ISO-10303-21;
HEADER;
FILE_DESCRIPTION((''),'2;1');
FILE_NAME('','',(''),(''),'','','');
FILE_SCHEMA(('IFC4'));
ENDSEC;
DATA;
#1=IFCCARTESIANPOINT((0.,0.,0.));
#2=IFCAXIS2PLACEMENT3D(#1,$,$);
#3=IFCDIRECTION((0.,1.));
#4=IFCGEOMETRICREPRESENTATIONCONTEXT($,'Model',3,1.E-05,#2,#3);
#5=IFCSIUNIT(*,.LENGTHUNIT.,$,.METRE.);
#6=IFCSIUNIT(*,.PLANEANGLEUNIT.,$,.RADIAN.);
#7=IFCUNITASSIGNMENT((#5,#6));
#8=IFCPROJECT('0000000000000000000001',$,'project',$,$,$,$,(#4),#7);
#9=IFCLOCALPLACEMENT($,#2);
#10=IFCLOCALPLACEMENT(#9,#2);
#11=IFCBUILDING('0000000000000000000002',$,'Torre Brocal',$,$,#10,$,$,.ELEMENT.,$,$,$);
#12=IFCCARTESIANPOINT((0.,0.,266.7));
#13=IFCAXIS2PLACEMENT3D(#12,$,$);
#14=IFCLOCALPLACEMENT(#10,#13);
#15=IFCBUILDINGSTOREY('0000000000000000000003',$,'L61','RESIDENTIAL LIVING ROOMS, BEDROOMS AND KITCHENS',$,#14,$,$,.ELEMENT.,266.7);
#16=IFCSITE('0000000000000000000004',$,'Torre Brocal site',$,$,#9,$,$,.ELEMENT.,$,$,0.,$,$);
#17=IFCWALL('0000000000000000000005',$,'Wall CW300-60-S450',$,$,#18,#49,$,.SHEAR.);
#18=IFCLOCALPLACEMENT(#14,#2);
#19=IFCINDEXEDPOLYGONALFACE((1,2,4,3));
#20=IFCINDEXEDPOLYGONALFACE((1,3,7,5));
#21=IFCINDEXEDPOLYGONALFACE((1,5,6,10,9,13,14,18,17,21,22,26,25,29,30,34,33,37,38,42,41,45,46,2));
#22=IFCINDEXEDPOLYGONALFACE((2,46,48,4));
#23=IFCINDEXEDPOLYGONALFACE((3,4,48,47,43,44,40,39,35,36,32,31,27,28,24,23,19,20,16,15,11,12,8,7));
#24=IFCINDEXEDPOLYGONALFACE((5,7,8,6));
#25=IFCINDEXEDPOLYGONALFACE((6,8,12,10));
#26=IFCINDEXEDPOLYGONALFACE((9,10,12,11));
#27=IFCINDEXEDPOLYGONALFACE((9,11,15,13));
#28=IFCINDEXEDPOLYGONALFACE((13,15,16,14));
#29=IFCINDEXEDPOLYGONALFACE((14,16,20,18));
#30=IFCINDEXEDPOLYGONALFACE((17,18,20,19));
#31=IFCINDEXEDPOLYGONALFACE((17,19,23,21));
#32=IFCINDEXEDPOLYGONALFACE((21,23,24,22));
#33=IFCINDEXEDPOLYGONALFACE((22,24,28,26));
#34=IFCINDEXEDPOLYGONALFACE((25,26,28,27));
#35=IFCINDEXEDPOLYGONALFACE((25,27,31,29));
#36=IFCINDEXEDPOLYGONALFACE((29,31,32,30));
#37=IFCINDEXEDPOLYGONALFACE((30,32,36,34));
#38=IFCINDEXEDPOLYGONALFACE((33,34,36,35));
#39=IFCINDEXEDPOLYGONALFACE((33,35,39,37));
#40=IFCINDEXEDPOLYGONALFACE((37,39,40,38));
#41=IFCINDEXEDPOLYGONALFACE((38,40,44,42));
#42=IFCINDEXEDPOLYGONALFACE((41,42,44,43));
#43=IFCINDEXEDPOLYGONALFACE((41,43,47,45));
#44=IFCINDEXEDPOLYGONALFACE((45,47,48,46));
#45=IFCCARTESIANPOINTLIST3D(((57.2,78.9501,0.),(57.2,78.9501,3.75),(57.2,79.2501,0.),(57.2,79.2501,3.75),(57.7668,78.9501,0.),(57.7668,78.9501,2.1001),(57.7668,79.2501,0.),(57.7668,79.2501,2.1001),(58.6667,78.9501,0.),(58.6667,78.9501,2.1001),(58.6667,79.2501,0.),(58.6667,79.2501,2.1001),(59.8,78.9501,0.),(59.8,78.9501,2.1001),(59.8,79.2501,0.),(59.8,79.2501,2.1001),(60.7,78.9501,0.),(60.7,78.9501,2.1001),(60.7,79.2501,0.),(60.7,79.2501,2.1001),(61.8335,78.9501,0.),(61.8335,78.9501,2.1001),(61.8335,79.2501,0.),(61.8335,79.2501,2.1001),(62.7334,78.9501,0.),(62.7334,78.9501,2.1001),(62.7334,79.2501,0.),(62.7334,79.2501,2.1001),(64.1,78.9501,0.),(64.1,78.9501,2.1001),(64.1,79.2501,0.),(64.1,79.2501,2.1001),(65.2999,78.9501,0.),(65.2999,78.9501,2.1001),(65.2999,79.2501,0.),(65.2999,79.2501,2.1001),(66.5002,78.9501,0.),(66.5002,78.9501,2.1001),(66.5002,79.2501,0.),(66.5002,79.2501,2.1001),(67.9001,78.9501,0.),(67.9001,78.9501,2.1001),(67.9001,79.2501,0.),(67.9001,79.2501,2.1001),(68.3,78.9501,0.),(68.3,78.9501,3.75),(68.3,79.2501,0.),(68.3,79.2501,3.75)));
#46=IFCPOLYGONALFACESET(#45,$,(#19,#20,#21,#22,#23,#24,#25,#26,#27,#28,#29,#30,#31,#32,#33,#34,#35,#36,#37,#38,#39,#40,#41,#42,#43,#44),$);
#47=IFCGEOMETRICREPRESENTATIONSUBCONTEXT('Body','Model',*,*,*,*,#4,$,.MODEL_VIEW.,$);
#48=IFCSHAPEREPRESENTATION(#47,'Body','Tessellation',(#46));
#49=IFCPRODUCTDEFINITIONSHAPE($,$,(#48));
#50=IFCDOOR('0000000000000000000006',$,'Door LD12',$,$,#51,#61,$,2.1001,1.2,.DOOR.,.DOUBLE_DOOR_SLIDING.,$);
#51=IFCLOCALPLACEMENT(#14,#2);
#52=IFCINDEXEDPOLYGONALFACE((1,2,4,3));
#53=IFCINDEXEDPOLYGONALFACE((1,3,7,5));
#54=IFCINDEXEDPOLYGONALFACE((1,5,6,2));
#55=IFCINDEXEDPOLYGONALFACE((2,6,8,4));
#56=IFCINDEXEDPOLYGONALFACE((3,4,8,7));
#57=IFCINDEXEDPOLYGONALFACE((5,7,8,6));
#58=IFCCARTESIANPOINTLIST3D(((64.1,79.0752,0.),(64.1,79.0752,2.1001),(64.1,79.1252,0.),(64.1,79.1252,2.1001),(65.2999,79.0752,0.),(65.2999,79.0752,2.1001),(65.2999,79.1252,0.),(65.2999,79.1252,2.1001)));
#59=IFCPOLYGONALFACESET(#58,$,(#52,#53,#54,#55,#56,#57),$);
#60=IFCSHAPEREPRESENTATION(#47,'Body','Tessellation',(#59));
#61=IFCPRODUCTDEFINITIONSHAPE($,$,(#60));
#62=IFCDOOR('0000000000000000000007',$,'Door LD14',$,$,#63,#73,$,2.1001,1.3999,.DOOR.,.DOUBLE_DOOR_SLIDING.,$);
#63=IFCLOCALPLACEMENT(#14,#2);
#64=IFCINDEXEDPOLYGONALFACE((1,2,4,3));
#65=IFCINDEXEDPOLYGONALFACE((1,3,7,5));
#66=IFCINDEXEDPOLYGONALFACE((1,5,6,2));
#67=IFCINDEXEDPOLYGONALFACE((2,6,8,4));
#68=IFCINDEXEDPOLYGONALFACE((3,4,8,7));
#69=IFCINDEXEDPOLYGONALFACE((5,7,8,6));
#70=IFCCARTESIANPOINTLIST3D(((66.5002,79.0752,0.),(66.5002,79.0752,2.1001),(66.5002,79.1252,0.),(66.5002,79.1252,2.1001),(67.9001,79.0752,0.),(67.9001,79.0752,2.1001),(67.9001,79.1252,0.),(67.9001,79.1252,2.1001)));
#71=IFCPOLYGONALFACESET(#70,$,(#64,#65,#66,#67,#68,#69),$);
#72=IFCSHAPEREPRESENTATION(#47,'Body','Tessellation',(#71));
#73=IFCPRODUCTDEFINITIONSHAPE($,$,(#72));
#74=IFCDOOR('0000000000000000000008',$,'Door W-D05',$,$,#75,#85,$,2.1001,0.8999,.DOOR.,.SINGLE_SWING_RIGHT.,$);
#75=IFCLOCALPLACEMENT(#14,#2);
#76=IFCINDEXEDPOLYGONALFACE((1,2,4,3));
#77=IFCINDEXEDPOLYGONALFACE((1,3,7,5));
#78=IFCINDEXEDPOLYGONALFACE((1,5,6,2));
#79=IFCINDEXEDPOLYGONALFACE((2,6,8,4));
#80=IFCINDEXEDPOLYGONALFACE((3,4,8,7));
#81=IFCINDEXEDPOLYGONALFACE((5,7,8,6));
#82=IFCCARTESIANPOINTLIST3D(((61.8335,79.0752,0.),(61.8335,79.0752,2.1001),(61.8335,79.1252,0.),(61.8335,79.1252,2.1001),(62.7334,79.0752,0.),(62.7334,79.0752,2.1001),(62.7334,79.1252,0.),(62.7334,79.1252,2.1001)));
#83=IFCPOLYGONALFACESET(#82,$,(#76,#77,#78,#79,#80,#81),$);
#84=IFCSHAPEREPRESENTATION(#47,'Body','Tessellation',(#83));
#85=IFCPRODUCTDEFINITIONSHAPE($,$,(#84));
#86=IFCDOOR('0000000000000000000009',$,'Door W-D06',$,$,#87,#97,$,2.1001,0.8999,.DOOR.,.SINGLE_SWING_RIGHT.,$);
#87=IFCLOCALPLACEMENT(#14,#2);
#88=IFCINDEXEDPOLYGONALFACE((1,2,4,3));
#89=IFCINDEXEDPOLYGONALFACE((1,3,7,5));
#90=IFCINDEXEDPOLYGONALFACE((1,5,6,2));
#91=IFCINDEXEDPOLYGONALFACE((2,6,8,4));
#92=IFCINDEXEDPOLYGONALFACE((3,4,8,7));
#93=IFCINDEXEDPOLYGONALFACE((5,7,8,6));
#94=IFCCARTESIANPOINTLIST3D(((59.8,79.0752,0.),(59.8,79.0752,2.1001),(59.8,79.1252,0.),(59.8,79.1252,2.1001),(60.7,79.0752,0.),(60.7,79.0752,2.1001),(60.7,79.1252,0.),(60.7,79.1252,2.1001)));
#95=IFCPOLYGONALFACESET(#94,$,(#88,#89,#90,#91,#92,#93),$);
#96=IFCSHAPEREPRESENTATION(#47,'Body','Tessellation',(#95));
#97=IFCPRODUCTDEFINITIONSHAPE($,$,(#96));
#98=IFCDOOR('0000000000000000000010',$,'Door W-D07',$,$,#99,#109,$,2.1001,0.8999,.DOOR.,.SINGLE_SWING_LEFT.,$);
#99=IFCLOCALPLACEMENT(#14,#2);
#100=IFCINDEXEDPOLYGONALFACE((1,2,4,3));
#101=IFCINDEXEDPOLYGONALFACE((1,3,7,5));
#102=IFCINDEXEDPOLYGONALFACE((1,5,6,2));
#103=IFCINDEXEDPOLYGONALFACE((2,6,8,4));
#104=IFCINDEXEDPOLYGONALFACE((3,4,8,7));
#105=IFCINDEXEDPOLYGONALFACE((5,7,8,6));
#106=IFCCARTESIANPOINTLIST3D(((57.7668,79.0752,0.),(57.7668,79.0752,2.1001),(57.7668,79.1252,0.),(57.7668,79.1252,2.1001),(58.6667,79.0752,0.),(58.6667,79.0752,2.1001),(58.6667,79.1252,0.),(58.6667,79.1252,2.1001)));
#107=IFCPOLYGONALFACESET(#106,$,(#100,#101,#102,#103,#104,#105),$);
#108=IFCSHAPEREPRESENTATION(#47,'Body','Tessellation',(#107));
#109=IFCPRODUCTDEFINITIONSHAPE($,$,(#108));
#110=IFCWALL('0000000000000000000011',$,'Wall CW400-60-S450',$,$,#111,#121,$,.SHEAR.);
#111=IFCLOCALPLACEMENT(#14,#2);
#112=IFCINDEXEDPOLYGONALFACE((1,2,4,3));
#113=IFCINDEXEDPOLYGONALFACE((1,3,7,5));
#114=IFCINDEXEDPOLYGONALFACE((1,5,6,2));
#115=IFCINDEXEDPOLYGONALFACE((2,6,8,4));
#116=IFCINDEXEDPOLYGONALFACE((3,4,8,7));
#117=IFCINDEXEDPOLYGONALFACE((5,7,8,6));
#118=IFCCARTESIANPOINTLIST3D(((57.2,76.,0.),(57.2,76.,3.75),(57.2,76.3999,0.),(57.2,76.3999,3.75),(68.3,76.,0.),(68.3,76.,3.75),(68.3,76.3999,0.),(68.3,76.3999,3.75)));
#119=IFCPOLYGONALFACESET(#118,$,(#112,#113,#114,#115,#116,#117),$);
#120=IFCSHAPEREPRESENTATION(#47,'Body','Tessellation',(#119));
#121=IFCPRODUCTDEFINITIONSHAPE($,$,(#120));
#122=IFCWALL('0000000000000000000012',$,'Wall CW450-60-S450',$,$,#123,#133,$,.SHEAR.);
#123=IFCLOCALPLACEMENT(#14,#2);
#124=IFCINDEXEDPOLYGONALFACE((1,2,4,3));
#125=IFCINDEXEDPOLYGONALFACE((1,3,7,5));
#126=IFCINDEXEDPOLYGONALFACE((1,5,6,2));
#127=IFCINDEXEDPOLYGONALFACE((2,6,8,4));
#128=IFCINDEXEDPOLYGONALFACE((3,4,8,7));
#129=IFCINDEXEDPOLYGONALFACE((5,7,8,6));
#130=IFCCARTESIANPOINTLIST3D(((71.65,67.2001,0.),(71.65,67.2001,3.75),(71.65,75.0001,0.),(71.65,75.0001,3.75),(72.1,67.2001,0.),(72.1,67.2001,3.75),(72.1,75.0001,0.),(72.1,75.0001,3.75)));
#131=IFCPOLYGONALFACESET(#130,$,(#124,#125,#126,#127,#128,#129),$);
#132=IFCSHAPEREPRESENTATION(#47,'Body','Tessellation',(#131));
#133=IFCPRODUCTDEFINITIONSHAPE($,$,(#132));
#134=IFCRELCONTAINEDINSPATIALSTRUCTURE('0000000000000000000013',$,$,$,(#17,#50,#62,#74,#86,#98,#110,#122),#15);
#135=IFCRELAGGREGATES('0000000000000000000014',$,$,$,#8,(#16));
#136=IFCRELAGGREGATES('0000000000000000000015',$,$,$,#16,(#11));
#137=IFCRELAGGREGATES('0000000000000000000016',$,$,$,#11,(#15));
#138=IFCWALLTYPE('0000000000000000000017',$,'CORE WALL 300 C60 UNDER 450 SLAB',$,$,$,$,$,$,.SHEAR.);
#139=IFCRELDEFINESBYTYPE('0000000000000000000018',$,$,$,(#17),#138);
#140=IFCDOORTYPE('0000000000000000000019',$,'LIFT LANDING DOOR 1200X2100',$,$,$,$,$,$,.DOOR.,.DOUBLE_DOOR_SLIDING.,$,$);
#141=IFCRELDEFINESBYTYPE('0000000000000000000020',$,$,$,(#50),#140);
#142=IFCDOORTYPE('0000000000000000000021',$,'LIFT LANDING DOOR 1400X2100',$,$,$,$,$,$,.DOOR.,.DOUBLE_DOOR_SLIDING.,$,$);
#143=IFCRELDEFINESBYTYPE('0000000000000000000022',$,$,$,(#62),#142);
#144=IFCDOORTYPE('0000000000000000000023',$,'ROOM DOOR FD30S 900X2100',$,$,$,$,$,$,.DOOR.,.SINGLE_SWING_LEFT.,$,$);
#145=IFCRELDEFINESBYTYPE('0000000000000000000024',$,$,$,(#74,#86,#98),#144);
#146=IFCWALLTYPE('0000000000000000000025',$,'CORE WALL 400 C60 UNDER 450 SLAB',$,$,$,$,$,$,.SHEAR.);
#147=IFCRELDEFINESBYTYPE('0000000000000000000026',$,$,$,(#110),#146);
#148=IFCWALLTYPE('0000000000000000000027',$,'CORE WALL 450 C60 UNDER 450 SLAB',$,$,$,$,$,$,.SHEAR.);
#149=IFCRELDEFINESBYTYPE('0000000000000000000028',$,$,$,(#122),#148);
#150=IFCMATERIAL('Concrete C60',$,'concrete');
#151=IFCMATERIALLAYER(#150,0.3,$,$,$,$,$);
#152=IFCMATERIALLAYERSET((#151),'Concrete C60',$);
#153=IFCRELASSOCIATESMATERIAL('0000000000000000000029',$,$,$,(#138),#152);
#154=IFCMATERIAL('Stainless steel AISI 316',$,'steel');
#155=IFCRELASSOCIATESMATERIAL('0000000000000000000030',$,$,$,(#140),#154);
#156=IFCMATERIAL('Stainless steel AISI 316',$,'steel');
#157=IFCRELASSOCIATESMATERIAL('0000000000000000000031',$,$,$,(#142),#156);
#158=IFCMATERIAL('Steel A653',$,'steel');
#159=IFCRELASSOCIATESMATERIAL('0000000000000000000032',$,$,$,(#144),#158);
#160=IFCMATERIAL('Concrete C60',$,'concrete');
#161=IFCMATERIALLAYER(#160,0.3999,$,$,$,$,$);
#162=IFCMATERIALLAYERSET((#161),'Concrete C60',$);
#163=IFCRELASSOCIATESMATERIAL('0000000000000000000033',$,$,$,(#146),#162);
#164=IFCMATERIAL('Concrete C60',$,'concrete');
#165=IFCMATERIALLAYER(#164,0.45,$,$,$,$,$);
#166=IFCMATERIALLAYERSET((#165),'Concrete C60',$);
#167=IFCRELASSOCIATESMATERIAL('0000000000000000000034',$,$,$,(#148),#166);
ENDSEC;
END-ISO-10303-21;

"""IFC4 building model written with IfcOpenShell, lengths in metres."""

from ifc_helpers import new_model, si_unit, direction, frame, frame_2d, origin, place, context, subcontext, project, spatial, rectangle, extrude, material, layer, layer_set, type_object, element, fill, save


model = new_model("IFC4")

# Units and contexts
model_context = context("Model", 3, precision=1e-05, world=origin(), true_north=direction((0.0, 1.0)))
body_context = subcontext(model_context, "Body", "Model", "MODEL_VIEW")
ifc_project = project(units=[si_unit("LENGTHUNIT", "METRE"), si_unit("PLANEANGLEUNIT", "RADIAN")], contexts=[model_context])

# Site, building, storey
site_placement = place(None, origin())
site = spatial("IfcSite", under=ifc_project, at=site_placement, Name="Torre Brocal site", CompositionType="ELEMENT", RefElevation=0.0)
building_placement = place(site_placement, origin())
building = spatial("IfcBuilding", under=site, at=building_placement, Name="Torre Brocal", CompositionType="ELEMENT")
storey_placement = place(building_placement, frame((0.0, 0.0, 266.7)))
storey = spatial("IfcBuildingStorey", under=building, at=storey_placement, Name="L61", Description="RESIDENTIAL LIVING ROOMS, BEDROOMS AND KITCHENS", CompositionType="ELEMENT", Elevation=266.7)

# Shared definitions
ifc_material_1 = material(Name="Concrete C60", Category="concrete")
ifc_layer_1 = layer(ifc_material_1, 0.3)
ifc_layer_set_1 = layer_set([ifc_layer_1], Name="Concrete C60")
wall_type_1 = type_object("IfcWallType", Name="CORE WALL 300 C60 UNDER 450 SLAB", PredefinedType="SHEAR", material=ifc_layer_set_1)

# Wall, openings, doors
wall_1_placement = place(storey_placement, frame((68.3, 79.1001, 0.0), z_axis=(0.0, 0.0, 1.0), x_axis=(-1.0, 0.0, 0.0)))
wall_1 = element("IfcWall", 1, at=wall_1_placement, inside=storey, type_object=wall_type_1, Name="Wall CW300-60-S450", PredefinedType="SHEAR", context=body_context, shape_type="SweptSolid", body=[
    extrude(rectangle(XDim=11.1001, YDim=0.3, at=frame_2d((5.55, 0.0))), origin(), (0.0, 0.0, 1.0), 3.75),
])
opening_1_placement = place(wall_1_placement, frame((0.3999, 0.0, 0.0)))
opening_1 = element("IfcOpeningElement", 2, at=opening_1_placement, cuts=wall_1, PredefinedType="OPENING", context=body_context, shape_type="SweptSolid", body=[
    extrude(rectangle(XDim=1.3999, YDim=2.1001, at=frame_2d((0.7, 1.05))), frame((0.0, 0.1599, 0.0), z_axis=(0.0, -1.0, 0.0), x_axis=(1.0, 0.0, 0.0)), (0.0, 0.0, 1.0), 0.3201),
])
opening_2_placement = place(wall_1_placement, frame((3.0, 0.0, 0.0)))
opening_2 = element("IfcOpeningElement", 3, at=opening_2_placement, cuts=wall_1, PredefinedType="OPENING", context=body_context, shape_type="SweptSolid", body=[
    extrude(rectangle(XDim=1.2, YDim=2.1001, at=frame_2d((0.6001, 1.05))), frame((0.0, 0.1599, 0.0), z_axis=(0.0, -1.0, 0.0), x_axis=(1.0, 0.0, 0.0)), (0.0, 0.0, 1.0), 0.3201),
])
opening_3_placement = place(wall_1_placement, frame((5.5667, 0.0, 0.0)))
opening_3 = element("IfcOpeningElement", 4, at=opening_3_placement, cuts=wall_1, PredefinedType="OPENING", context=body_context, shape_type="SweptSolid", body=[
    extrude(rectangle(XDim=0.8999, YDim=2.1001, at=frame_2d((0.45, 1.05))), frame((0.0, 0.1599, 0.0), z_axis=(0.0, -1.0, 0.0), x_axis=(1.0, 0.0, 0.0)), (0.0, 0.0, 1.0), 0.3201),
])
opening_4_placement = place(wall_1_placement, frame((7.6001, 0.0, 0.0)))
opening_4 = element("IfcOpeningElement", 5, at=opening_4_placement, cuts=wall_1, PredefinedType="OPENING", context=body_context, shape_type="SweptSolid", body=[
    extrude(rectangle(XDim=0.8999, YDim=2.1001, at=frame_2d((0.45, 1.05))), frame((0.0, 0.1599, 0.0), z_axis=(0.0, -1.0, 0.0), x_axis=(1.0, 0.0, 0.0)), (0.0, 0.0, 1.0), 0.3201),
])
opening_5_placement = place(wall_1_placement, frame((9.6333, 0.0, 0.0)))
opening_5 = element("IfcOpeningElement", 6, at=opening_5_placement, cuts=wall_1, PredefinedType="OPENING", context=body_context, shape_type="SweptSolid", body=[
    extrude(rectangle(XDim=0.8999, YDim=2.1001, at=frame_2d((0.45, 1.05))), frame((0.0, 0.1599, 0.0), z_axis=(0.0, -1.0, 0.0), x_axis=(1.0, 0.0, 0.0)), (0.0, 0.0, 1.0), 0.3201),
])
ifc_material_2 = material(Name="Stainless steel AISI 316", Category="steel")
door_type_1 = type_object("IfcDoorType", Name="LIFT LANDING DOOR 1200X2100", OperationType="DOUBLE_DOOR_SLIDING", PredefinedType="DOOR", material=ifc_material_2)
door_1_placement = place(opening_2_placement, origin())
door_1 = element("IfcDoor", 7, at=door_1_placement, inside=storey, type_object=door_type_1, Name="Door LD12", OperationType="DOUBLE_DOOR_SLIDING", OverallHeight=2.1001, OverallWidth=1.2, PredefinedType="DOOR", context=body_context, shape_type="SweptSolid", body=[
    extrude(rectangle(XDim=1.2, YDim=2.1001, at=frame_2d((0.6001, 1.05))), frame((0.0, 0.0249, 0.0), z_axis=(0.0, -1.0, 0.0), x_axis=(1.0, 0.0, 0.0)), (0.0, 0.0, 1.0), 0.05),
])
fill(opening_2, door_1)
ifc_material_3 = material(Name="Stainless steel AISI 316", Category="steel")
door_type_2 = type_object("IfcDoorType", Name="LIFT LANDING DOOR 1400X2100", OperationType="DOUBLE_DOOR_SLIDING", PredefinedType="DOOR", material=ifc_material_3)
door_2_placement = place(opening_1_placement, origin())
door_2 = element("IfcDoor", 8, at=door_2_placement, inside=storey, type_object=door_type_2, Name="Door LD14", OperationType="DOUBLE_DOOR_SLIDING", OverallHeight=2.1001, OverallWidth=1.3999, PredefinedType="DOOR", context=body_context, shape_type="SweptSolid", body=[
    extrude(rectangle(XDim=1.3999, YDim=2.1001, at=frame_2d((0.7, 1.05))), frame((0.0, 0.0249, 0.0), z_axis=(0.0, -1.0, 0.0), x_axis=(1.0, 0.0, 0.0)), (0.0, 0.0, 1.0), 0.05),
])
fill(opening_1, door_2)
ifc_material_4 = material(Name="Steel A653", Category="steel")
door_type_3 = type_object("IfcDoorType", Name="ROOM DOOR FD30S 900X2100", OperationType="SINGLE_SWING_LEFT", PredefinedType="DOOR", material=ifc_material_4)
door_3_placement = place(opening_3_placement, origin())
door_3 = element("IfcDoor", 9, at=door_3_placement, inside=storey, type_object=door_type_3, Name="Door W-D05", OperationType="SINGLE_SWING_RIGHT", OverallHeight=2.1001, OverallWidth=0.8999, PredefinedType="DOOR", context=body_context, shape_type="SweptSolid", body=[
    extrude(rectangle(XDim=0.8999, YDim=2.1001, at=frame_2d((0.45, 1.05))), frame((0.0, 0.0249, 0.0), z_axis=(0.0, -1.0, 0.0), x_axis=(1.0, 0.0, 0.0)), (0.0, 0.0, 1.0), 0.05),
])
fill(opening_3, door_3)
door_4_placement = place(opening_4_placement, origin())
door_4 = element("IfcDoor", 10, at=door_4_placement, inside=storey, type_object=door_type_3, Name="Door W-D06", OperationType="SINGLE_SWING_RIGHT", OverallHeight=2.1001, OverallWidth=0.8999, PredefinedType="DOOR", context=body_context, shape_type="SweptSolid", body=[
    extrude(rectangle(XDim=0.8999, YDim=2.1001, at=frame_2d((0.45, 1.05))), frame((0.0, 0.0249, 0.0), z_axis=(0.0, -1.0, 0.0), x_axis=(1.0, 0.0, 0.0)), (0.0, 0.0, 1.0), 0.05),
])
fill(opening_4, door_4)
door_5_placement = place(opening_5_placement, origin())
door_5 = element("IfcDoor", 11, at=door_5_placement, inside=storey, type_object=door_type_3, Name="Door W-D07", OperationType="SINGLE_SWING_LEFT", OverallHeight=2.1001, OverallWidth=0.8999, PredefinedType="DOOR", context=body_context, shape_type="SweptSolid", body=[
    extrude(rectangle(XDim=0.8999, YDim=2.1001, at=frame_2d((0.45, 1.05))), frame((0.0, 0.0249, 0.0), z_axis=(0.0, -1.0, 0.0), x_axis=(1.0, 0.0, 0.0)), (0.0, 0.0, 1.0), 0.05),
])
fill(opening_5, door_5)

# Walls
ifc_material_5 = material(Name="Concrete C60", Category="concrete")
ifc_layer_2 = layer(ifc_material_5, 0.3999)
ifc_layer_set_2 = layer_set([ifc_layer_2], Name="Concrete C60")
wall_type_2 = type_object("IfcWallType", Name="CORE WALL 400 C60 UNDER 450 SLAB", PredefinedType="SHEAR", material=ifc_layer_set_2)
wall_2_placement = place(storey_placement, frame((68.3, 76.2, 0.0), z_axis=(0.0, 0.0, 1.0), x_axis=(-1.0, 0.0, 0.0)))
element("IfcWall", 12, at=wall_2_placement, inside=storey, type_object=wall_type_2, Name="Wall CW400-60-S450", PredefinedType="SHEAR", context=body_context, shape_type="SweptSolid", body=[
    extrude(rectangle(XDim=11.1001, YDim=0.3999, at=frame_2d((5.55, 0.0))), origin(), (0.0, 0.0, 1.0), 3.75),
])
ifc_material_6 = material(Name="Concrete C60", Category="concrete")
ifc_layer_3 = layer(ifc_material_6, 0.45)
ifc_layer_set_3 = layer_set([ifc_layer_3], Name="Concrete C60")
wall_type_3 = type_object("IfcWallType", Name="CORE WALL 450 C60 UNDER 450 SLAB", PredefinedType="SHEAR", material=ifc_layer_set_3)
wall_3_placement = place(storey_placement, frame((71.875, 75.0, 0.0), z_axis=(0.0, 0.0, 1.0), x_axis=(0.0, -1.0, 0.0)))
element("IfcWall", 13, at=wall_3_placement, inside=storey, type_object=wall_type_3, Name="Wall CW450-60-S450", PredefinedType="SHEAR", context=body_context, shape_type="SweptSolid", body=[
    extrude(rectangle(XDim=7.8, YDim=0.45, at=frame_2d((3.8999, 0.0))), origin(), (0.0, 0.0, 1.0), 3.75),
])

save(model, "model.ifc")
